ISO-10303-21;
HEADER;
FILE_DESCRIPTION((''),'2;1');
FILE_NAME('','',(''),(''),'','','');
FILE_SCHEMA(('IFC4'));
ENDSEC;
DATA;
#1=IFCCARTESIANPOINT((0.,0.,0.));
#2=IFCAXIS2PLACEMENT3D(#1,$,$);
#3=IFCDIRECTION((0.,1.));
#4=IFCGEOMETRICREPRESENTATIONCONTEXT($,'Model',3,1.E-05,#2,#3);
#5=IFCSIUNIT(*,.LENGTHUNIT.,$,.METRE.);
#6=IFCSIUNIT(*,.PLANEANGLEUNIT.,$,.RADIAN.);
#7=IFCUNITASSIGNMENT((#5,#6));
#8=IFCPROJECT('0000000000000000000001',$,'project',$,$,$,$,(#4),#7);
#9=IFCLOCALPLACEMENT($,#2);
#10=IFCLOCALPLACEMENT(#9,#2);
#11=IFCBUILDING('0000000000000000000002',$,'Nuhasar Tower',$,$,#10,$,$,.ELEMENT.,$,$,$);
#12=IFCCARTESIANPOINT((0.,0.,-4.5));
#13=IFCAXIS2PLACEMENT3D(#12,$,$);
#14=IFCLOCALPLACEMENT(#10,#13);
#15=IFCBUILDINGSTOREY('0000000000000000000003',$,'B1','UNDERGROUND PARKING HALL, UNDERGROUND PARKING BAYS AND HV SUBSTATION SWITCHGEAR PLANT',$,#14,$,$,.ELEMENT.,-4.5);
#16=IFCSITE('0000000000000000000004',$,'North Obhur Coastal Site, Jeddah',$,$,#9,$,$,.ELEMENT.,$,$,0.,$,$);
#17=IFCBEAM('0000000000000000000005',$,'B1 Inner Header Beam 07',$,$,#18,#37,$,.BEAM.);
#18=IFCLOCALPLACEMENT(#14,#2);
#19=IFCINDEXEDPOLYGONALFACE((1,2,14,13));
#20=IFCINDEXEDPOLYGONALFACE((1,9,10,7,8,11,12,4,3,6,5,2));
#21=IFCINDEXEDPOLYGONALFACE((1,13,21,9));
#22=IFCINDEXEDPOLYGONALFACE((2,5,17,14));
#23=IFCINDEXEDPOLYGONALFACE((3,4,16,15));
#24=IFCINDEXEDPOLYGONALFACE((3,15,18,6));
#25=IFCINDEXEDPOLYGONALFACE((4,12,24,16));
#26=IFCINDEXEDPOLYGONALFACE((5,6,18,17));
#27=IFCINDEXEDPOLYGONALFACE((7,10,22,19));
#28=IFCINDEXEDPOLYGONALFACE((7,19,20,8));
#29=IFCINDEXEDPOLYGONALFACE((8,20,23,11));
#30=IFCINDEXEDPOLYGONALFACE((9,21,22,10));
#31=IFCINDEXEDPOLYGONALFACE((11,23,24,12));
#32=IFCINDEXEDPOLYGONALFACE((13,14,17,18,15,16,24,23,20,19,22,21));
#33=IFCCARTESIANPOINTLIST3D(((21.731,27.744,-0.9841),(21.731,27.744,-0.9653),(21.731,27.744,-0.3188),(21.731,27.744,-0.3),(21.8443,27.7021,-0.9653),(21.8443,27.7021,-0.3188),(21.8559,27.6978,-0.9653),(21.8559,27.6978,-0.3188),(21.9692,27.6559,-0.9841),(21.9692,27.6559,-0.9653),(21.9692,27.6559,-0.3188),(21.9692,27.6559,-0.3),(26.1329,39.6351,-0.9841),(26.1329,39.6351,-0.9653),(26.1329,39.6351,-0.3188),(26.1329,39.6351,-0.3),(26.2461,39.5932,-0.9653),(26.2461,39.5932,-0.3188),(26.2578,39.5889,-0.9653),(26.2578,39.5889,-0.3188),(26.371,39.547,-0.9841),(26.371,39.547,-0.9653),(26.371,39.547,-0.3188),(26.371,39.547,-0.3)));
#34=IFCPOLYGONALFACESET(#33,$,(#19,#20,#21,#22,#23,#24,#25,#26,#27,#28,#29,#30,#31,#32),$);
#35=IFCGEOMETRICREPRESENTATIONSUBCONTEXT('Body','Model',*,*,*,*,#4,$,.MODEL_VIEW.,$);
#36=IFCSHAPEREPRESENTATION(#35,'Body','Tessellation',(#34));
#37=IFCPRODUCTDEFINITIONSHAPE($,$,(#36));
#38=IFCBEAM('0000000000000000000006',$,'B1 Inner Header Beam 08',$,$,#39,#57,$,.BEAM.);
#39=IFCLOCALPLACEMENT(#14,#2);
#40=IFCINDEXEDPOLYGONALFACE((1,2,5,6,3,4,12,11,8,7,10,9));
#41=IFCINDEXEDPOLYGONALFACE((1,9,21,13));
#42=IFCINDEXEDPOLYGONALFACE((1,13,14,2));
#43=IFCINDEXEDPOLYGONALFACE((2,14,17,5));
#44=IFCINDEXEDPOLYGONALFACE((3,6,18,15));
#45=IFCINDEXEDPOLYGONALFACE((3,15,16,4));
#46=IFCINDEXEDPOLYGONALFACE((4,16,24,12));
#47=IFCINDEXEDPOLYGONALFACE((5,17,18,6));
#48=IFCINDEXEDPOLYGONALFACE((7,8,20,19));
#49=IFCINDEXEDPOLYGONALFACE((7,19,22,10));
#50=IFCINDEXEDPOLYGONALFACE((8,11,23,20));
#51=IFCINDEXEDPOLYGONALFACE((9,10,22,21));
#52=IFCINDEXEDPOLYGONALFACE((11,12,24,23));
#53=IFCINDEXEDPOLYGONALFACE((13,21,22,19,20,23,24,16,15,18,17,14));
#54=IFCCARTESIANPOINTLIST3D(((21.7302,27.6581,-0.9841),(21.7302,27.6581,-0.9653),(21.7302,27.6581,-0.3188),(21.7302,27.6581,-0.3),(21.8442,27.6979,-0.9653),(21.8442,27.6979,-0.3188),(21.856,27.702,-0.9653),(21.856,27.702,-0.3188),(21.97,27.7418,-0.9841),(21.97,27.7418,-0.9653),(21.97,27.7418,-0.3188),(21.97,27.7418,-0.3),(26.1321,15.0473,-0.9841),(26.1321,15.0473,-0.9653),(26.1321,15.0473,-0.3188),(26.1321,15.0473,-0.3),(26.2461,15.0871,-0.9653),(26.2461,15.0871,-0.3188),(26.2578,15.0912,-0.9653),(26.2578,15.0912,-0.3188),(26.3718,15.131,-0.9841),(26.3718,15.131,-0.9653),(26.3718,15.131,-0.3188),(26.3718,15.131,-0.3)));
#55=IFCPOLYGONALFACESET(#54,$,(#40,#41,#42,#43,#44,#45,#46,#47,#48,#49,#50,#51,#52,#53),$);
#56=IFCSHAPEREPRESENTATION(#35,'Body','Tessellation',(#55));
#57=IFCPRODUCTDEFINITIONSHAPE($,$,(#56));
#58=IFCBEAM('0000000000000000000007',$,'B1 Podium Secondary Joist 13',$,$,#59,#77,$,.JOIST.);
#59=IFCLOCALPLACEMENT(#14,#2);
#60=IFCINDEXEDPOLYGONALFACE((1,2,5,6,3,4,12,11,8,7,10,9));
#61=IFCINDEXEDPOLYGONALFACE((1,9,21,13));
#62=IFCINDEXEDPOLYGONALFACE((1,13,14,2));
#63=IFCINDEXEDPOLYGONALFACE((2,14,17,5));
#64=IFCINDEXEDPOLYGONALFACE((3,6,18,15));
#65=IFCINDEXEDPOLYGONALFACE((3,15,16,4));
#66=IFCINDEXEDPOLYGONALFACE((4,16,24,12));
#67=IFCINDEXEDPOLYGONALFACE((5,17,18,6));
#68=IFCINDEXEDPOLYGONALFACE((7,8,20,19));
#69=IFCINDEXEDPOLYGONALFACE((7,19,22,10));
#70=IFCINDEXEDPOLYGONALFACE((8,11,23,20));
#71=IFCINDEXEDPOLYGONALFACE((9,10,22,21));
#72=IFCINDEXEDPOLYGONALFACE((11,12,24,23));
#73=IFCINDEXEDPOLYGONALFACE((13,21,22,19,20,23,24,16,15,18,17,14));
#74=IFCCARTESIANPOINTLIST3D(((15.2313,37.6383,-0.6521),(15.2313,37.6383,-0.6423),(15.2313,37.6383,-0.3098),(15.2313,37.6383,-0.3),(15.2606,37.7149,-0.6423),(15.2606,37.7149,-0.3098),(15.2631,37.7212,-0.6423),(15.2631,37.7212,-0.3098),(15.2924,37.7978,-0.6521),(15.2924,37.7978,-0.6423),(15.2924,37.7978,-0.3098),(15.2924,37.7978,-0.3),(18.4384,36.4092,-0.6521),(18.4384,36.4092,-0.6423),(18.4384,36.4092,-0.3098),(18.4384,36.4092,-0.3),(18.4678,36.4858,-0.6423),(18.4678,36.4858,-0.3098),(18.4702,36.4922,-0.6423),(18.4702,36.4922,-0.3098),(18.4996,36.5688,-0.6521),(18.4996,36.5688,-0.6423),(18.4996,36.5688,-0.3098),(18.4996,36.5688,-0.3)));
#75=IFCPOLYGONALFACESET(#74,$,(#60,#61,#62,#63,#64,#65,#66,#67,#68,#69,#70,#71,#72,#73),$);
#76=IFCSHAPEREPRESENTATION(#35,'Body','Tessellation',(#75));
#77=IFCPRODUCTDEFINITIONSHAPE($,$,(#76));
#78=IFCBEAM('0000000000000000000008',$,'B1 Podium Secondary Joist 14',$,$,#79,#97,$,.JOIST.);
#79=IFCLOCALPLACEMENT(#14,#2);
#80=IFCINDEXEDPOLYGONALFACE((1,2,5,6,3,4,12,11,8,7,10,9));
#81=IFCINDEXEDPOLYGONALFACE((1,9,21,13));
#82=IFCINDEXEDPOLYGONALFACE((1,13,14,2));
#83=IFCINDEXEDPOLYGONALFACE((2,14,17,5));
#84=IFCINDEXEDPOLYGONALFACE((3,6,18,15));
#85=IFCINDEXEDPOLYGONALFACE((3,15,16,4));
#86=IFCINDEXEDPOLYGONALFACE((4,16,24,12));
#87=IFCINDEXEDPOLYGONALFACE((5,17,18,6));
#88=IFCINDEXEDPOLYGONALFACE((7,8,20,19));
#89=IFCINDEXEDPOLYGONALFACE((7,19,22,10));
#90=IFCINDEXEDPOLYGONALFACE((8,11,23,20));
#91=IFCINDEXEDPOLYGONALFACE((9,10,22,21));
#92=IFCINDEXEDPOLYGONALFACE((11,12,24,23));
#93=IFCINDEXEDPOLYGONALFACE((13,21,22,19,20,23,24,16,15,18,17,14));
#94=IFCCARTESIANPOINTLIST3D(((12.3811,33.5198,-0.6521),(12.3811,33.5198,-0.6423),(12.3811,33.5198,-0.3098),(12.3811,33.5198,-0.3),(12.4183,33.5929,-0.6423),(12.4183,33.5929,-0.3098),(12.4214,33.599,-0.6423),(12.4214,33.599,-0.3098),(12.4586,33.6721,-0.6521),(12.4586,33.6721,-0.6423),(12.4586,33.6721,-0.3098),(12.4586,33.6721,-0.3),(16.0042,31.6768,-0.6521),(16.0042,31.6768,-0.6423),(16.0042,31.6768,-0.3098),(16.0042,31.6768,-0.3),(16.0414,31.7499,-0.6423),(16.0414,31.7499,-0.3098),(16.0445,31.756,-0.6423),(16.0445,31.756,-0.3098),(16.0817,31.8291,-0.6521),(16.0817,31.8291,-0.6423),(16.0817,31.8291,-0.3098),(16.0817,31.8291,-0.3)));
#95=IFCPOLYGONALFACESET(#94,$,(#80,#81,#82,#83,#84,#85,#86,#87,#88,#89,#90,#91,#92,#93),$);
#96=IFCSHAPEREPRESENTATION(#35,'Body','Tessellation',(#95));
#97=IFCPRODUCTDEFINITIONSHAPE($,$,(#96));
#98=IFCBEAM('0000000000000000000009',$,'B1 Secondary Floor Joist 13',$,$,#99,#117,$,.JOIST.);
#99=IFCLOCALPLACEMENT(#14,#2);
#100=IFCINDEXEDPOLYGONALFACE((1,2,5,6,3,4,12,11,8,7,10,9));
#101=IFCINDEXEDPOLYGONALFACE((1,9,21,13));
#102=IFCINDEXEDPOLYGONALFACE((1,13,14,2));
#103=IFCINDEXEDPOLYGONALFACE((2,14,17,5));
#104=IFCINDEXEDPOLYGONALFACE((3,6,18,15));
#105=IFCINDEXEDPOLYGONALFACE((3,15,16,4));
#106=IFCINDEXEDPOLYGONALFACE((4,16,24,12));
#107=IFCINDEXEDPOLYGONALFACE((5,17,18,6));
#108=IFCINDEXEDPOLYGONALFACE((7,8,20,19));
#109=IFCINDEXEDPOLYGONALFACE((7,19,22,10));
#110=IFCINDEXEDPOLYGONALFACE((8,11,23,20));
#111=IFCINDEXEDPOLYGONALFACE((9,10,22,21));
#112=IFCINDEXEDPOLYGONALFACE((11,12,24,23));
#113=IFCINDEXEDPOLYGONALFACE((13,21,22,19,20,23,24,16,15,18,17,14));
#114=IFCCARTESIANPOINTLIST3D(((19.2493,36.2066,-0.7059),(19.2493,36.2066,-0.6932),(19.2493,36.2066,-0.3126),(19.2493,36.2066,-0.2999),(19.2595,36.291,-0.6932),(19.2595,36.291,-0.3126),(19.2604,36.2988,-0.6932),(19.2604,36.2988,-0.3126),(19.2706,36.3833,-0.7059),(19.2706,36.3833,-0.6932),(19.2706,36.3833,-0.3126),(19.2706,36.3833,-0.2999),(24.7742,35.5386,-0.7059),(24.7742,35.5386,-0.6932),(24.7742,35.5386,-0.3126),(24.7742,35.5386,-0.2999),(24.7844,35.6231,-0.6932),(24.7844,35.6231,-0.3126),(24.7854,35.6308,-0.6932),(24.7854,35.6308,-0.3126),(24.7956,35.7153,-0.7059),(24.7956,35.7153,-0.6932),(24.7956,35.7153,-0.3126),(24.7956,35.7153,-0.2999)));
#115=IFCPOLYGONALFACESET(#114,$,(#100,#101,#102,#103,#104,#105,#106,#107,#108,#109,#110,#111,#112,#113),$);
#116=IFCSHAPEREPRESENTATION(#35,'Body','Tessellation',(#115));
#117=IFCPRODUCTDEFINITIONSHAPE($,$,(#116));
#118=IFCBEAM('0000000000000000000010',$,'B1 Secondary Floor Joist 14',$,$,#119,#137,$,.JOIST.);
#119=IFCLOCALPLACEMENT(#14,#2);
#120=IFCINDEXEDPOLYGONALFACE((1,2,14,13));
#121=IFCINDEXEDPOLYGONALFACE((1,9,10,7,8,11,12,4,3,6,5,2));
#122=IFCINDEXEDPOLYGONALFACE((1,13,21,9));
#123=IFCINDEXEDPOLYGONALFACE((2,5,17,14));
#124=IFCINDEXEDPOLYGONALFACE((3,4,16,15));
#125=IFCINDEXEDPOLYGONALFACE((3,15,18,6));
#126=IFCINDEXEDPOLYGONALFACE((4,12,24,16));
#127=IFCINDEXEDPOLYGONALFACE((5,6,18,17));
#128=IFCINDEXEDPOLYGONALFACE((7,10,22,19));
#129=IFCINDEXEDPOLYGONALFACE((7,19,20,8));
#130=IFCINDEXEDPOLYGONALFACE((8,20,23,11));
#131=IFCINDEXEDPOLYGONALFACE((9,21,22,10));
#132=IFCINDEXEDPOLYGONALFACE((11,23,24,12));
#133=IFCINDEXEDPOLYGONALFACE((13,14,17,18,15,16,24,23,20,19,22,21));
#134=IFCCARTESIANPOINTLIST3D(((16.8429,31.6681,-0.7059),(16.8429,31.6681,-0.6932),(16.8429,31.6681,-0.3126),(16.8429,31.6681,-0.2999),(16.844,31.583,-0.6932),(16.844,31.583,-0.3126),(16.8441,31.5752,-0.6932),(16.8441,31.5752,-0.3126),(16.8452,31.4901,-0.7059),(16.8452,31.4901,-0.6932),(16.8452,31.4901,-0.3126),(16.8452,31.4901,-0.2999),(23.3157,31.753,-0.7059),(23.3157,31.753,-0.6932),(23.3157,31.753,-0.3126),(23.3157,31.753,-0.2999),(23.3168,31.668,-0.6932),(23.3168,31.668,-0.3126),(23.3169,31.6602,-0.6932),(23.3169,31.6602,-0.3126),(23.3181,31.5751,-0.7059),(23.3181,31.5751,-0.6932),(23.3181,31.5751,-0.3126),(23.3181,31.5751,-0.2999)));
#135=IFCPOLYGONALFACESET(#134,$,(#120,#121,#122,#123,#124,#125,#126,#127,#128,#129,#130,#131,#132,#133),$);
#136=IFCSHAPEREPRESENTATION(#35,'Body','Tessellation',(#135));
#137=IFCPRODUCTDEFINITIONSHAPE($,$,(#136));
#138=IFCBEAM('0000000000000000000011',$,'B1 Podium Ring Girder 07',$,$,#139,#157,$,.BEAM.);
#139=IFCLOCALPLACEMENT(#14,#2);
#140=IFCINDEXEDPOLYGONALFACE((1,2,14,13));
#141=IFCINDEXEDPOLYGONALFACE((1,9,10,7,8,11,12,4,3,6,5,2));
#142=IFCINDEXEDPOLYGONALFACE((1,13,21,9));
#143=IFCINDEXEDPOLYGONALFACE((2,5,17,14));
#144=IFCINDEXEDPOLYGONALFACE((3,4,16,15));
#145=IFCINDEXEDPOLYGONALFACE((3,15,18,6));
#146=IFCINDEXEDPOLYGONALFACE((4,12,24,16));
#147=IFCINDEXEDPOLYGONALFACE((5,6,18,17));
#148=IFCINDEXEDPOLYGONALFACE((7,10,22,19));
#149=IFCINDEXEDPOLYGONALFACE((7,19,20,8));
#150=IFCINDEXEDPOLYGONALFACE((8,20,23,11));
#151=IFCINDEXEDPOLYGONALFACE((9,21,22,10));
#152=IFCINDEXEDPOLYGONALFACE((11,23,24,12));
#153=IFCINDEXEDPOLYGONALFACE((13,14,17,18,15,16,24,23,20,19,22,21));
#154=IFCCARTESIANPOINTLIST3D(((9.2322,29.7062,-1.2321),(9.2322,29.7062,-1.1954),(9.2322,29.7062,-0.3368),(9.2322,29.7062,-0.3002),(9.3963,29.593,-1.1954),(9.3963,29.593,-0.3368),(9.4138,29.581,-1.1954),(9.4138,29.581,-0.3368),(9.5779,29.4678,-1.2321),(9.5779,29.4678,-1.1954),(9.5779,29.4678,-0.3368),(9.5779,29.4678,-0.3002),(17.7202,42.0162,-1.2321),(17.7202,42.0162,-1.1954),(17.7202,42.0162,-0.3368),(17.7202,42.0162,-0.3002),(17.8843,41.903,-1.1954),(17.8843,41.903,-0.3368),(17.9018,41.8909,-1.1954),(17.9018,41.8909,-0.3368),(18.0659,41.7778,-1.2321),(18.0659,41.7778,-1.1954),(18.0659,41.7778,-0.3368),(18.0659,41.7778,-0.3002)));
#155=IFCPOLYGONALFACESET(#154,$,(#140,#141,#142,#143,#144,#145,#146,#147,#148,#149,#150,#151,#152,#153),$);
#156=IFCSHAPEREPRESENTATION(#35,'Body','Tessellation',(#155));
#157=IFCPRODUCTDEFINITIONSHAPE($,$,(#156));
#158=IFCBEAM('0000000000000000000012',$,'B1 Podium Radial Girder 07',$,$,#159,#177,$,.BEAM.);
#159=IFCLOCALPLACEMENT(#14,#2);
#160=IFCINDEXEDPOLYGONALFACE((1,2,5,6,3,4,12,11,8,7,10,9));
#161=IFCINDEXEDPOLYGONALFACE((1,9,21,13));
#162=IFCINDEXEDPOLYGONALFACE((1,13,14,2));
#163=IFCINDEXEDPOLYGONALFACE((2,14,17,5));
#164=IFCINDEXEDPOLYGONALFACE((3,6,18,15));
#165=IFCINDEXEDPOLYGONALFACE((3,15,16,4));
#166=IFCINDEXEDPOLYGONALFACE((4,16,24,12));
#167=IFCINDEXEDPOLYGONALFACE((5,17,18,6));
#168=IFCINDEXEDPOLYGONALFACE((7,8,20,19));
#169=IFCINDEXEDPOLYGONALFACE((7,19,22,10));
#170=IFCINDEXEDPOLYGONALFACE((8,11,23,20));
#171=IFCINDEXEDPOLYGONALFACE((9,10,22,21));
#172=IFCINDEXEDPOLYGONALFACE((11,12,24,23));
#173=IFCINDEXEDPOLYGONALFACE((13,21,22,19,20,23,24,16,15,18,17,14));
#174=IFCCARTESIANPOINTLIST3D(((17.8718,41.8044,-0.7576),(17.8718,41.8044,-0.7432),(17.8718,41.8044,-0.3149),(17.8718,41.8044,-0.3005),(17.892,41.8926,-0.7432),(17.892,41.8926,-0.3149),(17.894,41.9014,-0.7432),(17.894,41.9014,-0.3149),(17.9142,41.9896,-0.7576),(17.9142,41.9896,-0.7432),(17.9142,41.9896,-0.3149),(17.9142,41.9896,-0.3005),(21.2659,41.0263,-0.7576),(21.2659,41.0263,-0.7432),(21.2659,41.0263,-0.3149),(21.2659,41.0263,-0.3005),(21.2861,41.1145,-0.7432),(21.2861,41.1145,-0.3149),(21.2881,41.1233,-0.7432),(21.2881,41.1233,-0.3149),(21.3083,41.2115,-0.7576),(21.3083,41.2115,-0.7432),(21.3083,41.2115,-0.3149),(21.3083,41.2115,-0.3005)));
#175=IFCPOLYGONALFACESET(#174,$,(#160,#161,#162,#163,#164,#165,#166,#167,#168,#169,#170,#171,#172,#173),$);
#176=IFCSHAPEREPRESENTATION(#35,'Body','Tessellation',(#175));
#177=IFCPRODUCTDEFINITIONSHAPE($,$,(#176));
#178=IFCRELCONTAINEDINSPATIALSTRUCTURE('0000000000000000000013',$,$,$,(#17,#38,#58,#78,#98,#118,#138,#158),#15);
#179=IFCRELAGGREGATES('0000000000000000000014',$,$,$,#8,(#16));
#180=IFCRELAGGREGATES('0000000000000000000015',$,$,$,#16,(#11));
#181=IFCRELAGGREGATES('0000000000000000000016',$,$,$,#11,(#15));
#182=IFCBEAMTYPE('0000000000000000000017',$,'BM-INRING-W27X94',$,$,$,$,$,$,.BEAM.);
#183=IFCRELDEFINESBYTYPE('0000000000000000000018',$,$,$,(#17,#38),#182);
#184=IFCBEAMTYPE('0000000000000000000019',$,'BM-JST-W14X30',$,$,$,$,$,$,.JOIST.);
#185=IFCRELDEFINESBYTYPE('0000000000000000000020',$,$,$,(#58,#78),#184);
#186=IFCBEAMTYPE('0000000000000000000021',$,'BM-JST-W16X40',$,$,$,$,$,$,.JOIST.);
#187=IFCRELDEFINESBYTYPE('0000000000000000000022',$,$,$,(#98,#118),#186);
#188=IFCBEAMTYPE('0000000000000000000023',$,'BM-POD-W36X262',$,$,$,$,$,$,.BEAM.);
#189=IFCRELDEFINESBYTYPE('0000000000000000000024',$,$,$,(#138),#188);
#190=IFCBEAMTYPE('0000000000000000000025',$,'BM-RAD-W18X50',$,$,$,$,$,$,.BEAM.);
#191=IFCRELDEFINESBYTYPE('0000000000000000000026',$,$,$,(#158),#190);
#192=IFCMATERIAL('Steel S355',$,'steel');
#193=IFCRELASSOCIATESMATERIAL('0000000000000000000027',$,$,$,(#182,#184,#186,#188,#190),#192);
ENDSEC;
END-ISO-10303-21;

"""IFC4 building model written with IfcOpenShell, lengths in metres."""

from ifc_helpers import new_model, si_unit, direction, frame, origin, origin_2d, place, context, subcontext, project, spatial, i_section, extrude, material, material_profile, profile_set, type_object, element, save


model = new_model("IFC4")

# Units and contexts
model_context = context("Model", 3, precision=1e-05, world=origin(), true_north=direction((0.0, 1.0)))
body_context = subcontext(model_context, "Body", "Model", "MODEL_VIEW")
ifc_project = project(units=[si_unit("LENGTHUNIT", "METRE"), si_unit("PLANEANGLEUNIT", "RADIAN")], contexts=[model_context])

# Site, building, storey
site_placement = place(None, origin())
site = spatial("IfcSite", under=ifc_project, at=site_placement, Name="North Obhur Coastal Site, Jeddah", CompositionType="ELEMENT", RefElevation=0.0)
building_placement = place(site_placement, origin())
building = spatial("IfcBuilding", under=site, at=building_placement, Name="Nuhasar Tower", CompositionType="ELEMENT")
storey_placement = place(building_placement, frame((0.0, 0.0, -4.5)))
storey = spatial("IfcBuildingStorey", under=building, at=storey_placement, Name="B1", Description="UNDERGROUND PARKING HALL, UNDERGROUND PARKING BAYS AND HV SUBSTATION SWITCHGEAR PLANT", CompositionType="ELEMENT", Elevation=-4.5)

# Beams
ifc_material_1 = material(Name="Steel S355", Category="steel")
ifc_material_profile_1 = material_profile(ifc_material_1, i_section(OverallWidth=0.2539, OverallDepth=0.6841, WebThickness=0.0125, FlangeThickness=0.0188, at=origin_2d()), Name="W27X94")
ifc_profile_set_1 = profile_set([ifc_material_profile_1], Name="Steel S355")
beam_type_1 = type_object("IfcBeamType", Name="BM-INRING-W27X94", PredefinedType="BEAM", material=ifc_profile_set_1)
beam_1_placement = place(storey_placement, frame((26.252, 39.5911, -0.6421), z_axis=(-0.347158, -0.937807, 0.0), x_axis=(0.937807, -0.347158, 0.0)))
element("IfcBeam", 1, at=beam_1_placement, inside=storey, type_object=beam_type_1, Name="B1 Inner Header Beam 07", PredefinedType="BEAM", context=body_context, shape_type="SweptSolid", body=[
    extrude(i_section(OverallWidth=0.2539, OverallDepth=0.6841, WebThickness=0.0125, FlangeThickness=0.0188, at=origin_2d()), origin(), (0.0, 0.0, 1.0), 12.6797),
])
beam_2_placement = place(storey_placement, frame((21.8501, 27.7, -0.6421), z_axis=(0.329554, -0.944137, 0.0), x_axis=(0.944137, 0.329554, 0.0)))
element("IfcBeam", 2, at=beam_2_placement, inside=storey, type_object=beam_type_1, Name="B1 Inner Header Beam 08", PredefinedType="BEAM", context=body_context, shape_type="SweptSolid", body=[
    extrude(i_section(OverallWidth=0.2539, OverallDepth=0.6841, WebThickness=0.0125, FlangeThickness=0.0188, at=origin_2d()), origin(), (0.0, 0.0, 1.0), 13.3569),
])
ifc_material_profile_2 = material_profile(ifc_material_1, i_section(OverallWidth=0.1709, OverallDepth=0.3521, WebThickness=0.0068, FlangeThickness=0.0098, at=origin_2d()), Name="W14X30")
ifc_profile_set_2 = profile_set([ifc_material_profile_2], Name="Steel S355")
beam_type_2 = type_object("IfcBeamType", Name="BM-JST-W14X30", PredefinedType="JOIST", material=ifc_profile_set_2)
beam_3_placement = place(storey_placement, frame((18.469, 36.489, -0.4761), z_axis=(-0.933781, 0.357845, 0.0), x_axis=(-0.357845, -0.933781, 0.0)))
element("IfcBeam", 3, at=beam_3_placement, inside=storey, type_object=beam_type_2, Name="B1 Podium Secondary Joist 13", PredefinedType="JOIST", context=body_context, shape_type="SweptSolid", body=[
    extrude(i_section(OverallWidth=0.1709, OverallDepth=0.3521, WebThickness=0.0068, FlangeThickness=0.0098, at=origin_2d()), origin(), (0.0, 0.0, 1.0), 3.4346),
])
beam_4_placement = place(storey_placement, frame((16.043, 31.7529, -0.4761), z_axis=(-0.891307, 0.453401, 0.0), x_axis=(-0.453401, -0.891307, 0.0)))
element("IfcBeam", 4, at=beam_4_placement, inside=storey, type_object=beam_type_2, Name="B1 Podium Secondary Joist 14", PredefinedType="JOIST", context=body_context, shape_type="SweptSolid", body=[
    extrude(i_section(OverallWidth=0.1709, OverallDepth=0.3521, WebThickness=0.0068, FlangeThickness=0.0098, at=origin_2d()), origin(), (0.0, 0.0, 1.0), 4.0649),
])
ifc_material_profile_3 = material_profile(ifc_material_1, i_section(OverallWidth=0.178, OverallDepth=0.406, WebThickness=0.0078, FlangeThickness=0.0127, at=origin_2d()), Name="W16X40")
ifc_profile_set_3 = profile_set([ifc_material_profile_3], Name="Steel S355")
beam_type_3 = type_object("IfcBeamType", Name="BM-JST-W16X40", PredefinedType="JOIST", material=ifc_profile_set_3)
beam_5_placement = place(storey_placement, frame((24.7849, 35.627, -0.5029), z_axis=(-0.992771, 0.120027, 0.0), x_axis=(-0.120027, -0.992771, 0.0)))
element("IfcBeam", 5, at=beam_5_placement, inside=storey, type_object=beam_type_3, Name="B1 Secondary Floor Joist 13", PredefinedType="JOIST", context=body_context, shape_type="SweptSolid", body=[
    extrude(i_section(OverallWidth=0.178, OverallDepth=0.406, WebThickness=0.0078, FlangeThickness=0.0127, at=origin_2d()), origin(), (0.0, 0.0, 1.0), 5.5652),
])
beam_6_placement = place(storey_placement, frame((23.3169, 31.6641, -0.5029), z_axis=(-0.999914, -0.013125, 0.0), x_axis=(0.013125, -0.999914, 0.0)))
element("IfcBeam", 6, at=beam_6_placement, inside=storey, type_object=beam_type_3, Name="B1 Secondary Floor Joist 14", PredefinedType="JOIST", context=body_context, shape_type="SweptSolid", body=[
    extrude(i_section(OverallWidth=0.178, OverallDepth=0.406, WebThickness=0.0078, FlangeThickness=0.0127, at=origin_2d()), origin(), (0.0, 0.0, 1.0), 6.4734),
])
ifc_material_profile_4 = material_profile(ifc_material_1, i_section(OverallWidth=0.4199, OverallDepth=0.9319, WebThickness=0.0212, FlangeThickness=0.0366, at=origin_2d()), Name="W36X262")
ifc_profile_set_4 = profile_set([ifc_material_profile_4], Name="Steel S355")
beam_type_4 = type_object("IfcBeamType", Name="BM-POD-W36X262", PredefinedType="BEAM", material=ifc_profile_set_4)
beam_7_placement = place(storey_placement, frame((17.8931, 41.897, -0.7661), z_axis=(-0.567658, -0.823265, 0.0), x_axis=(0.823265, -0.567658, 0.0)))
element("IfcBeam", 7, at=beam_7_placement, inside=storey, type_object=beam_type_4, Name="B1 Podium Ring Girder 07", PredefinedType="BEAM", context=body_context, shape_type="SweptSolid", body=[
    extrude(i_section(OverallWidth=0.4199, OverallDepth=0.9319, WebThickness=0.0212, FlangeThickness=0.0366, at=origin_2d()), origin(), (0.0, 0.0, 1.0), 14.9526),
])
ifc_material_profile_5 = material_profile(ifc_material_1, i_section(OverallWidth=0.1899, OverallDepth=0.457, WebThickness=0.009, FlangeThickness=0.0144, at=origin_2d()), Name="W18X50")
ifc_profile_set_5 = profile_set([ifc_material_profile_5], Name="Steel S355")
beam_type_5 = type_object("IfcBeamType", Name="BM-RAD-W18X50", PredefinedType="BEAM", material=ifc_profile_set_5)
beam_8_placement = place(storey_placement, frame((21.2871, 41.1189, -0.5291), z_axis=(-0.974715, 0.223451, 0.0), x_axis=(-0.223451, -0.974715, 0.0)))
element("IfcBeam", 8, at=beam_8_placement, inside=storey, type_object=beam_type_5, Name="B1 Podium Radial Girder 07", PredefinedType="BEAM", context=body_context, shape_type="SweptSolid", body=[
    extrude(i_section(OverallWidth=0.1899, OverallDepth=0.457, WebThickness=0.009, FlangeThickness=0.0144, at=origin_2d()), origin(), (0.0, 0.0, 1.0), 3.4822),
])

save(model, "model.ifc")
